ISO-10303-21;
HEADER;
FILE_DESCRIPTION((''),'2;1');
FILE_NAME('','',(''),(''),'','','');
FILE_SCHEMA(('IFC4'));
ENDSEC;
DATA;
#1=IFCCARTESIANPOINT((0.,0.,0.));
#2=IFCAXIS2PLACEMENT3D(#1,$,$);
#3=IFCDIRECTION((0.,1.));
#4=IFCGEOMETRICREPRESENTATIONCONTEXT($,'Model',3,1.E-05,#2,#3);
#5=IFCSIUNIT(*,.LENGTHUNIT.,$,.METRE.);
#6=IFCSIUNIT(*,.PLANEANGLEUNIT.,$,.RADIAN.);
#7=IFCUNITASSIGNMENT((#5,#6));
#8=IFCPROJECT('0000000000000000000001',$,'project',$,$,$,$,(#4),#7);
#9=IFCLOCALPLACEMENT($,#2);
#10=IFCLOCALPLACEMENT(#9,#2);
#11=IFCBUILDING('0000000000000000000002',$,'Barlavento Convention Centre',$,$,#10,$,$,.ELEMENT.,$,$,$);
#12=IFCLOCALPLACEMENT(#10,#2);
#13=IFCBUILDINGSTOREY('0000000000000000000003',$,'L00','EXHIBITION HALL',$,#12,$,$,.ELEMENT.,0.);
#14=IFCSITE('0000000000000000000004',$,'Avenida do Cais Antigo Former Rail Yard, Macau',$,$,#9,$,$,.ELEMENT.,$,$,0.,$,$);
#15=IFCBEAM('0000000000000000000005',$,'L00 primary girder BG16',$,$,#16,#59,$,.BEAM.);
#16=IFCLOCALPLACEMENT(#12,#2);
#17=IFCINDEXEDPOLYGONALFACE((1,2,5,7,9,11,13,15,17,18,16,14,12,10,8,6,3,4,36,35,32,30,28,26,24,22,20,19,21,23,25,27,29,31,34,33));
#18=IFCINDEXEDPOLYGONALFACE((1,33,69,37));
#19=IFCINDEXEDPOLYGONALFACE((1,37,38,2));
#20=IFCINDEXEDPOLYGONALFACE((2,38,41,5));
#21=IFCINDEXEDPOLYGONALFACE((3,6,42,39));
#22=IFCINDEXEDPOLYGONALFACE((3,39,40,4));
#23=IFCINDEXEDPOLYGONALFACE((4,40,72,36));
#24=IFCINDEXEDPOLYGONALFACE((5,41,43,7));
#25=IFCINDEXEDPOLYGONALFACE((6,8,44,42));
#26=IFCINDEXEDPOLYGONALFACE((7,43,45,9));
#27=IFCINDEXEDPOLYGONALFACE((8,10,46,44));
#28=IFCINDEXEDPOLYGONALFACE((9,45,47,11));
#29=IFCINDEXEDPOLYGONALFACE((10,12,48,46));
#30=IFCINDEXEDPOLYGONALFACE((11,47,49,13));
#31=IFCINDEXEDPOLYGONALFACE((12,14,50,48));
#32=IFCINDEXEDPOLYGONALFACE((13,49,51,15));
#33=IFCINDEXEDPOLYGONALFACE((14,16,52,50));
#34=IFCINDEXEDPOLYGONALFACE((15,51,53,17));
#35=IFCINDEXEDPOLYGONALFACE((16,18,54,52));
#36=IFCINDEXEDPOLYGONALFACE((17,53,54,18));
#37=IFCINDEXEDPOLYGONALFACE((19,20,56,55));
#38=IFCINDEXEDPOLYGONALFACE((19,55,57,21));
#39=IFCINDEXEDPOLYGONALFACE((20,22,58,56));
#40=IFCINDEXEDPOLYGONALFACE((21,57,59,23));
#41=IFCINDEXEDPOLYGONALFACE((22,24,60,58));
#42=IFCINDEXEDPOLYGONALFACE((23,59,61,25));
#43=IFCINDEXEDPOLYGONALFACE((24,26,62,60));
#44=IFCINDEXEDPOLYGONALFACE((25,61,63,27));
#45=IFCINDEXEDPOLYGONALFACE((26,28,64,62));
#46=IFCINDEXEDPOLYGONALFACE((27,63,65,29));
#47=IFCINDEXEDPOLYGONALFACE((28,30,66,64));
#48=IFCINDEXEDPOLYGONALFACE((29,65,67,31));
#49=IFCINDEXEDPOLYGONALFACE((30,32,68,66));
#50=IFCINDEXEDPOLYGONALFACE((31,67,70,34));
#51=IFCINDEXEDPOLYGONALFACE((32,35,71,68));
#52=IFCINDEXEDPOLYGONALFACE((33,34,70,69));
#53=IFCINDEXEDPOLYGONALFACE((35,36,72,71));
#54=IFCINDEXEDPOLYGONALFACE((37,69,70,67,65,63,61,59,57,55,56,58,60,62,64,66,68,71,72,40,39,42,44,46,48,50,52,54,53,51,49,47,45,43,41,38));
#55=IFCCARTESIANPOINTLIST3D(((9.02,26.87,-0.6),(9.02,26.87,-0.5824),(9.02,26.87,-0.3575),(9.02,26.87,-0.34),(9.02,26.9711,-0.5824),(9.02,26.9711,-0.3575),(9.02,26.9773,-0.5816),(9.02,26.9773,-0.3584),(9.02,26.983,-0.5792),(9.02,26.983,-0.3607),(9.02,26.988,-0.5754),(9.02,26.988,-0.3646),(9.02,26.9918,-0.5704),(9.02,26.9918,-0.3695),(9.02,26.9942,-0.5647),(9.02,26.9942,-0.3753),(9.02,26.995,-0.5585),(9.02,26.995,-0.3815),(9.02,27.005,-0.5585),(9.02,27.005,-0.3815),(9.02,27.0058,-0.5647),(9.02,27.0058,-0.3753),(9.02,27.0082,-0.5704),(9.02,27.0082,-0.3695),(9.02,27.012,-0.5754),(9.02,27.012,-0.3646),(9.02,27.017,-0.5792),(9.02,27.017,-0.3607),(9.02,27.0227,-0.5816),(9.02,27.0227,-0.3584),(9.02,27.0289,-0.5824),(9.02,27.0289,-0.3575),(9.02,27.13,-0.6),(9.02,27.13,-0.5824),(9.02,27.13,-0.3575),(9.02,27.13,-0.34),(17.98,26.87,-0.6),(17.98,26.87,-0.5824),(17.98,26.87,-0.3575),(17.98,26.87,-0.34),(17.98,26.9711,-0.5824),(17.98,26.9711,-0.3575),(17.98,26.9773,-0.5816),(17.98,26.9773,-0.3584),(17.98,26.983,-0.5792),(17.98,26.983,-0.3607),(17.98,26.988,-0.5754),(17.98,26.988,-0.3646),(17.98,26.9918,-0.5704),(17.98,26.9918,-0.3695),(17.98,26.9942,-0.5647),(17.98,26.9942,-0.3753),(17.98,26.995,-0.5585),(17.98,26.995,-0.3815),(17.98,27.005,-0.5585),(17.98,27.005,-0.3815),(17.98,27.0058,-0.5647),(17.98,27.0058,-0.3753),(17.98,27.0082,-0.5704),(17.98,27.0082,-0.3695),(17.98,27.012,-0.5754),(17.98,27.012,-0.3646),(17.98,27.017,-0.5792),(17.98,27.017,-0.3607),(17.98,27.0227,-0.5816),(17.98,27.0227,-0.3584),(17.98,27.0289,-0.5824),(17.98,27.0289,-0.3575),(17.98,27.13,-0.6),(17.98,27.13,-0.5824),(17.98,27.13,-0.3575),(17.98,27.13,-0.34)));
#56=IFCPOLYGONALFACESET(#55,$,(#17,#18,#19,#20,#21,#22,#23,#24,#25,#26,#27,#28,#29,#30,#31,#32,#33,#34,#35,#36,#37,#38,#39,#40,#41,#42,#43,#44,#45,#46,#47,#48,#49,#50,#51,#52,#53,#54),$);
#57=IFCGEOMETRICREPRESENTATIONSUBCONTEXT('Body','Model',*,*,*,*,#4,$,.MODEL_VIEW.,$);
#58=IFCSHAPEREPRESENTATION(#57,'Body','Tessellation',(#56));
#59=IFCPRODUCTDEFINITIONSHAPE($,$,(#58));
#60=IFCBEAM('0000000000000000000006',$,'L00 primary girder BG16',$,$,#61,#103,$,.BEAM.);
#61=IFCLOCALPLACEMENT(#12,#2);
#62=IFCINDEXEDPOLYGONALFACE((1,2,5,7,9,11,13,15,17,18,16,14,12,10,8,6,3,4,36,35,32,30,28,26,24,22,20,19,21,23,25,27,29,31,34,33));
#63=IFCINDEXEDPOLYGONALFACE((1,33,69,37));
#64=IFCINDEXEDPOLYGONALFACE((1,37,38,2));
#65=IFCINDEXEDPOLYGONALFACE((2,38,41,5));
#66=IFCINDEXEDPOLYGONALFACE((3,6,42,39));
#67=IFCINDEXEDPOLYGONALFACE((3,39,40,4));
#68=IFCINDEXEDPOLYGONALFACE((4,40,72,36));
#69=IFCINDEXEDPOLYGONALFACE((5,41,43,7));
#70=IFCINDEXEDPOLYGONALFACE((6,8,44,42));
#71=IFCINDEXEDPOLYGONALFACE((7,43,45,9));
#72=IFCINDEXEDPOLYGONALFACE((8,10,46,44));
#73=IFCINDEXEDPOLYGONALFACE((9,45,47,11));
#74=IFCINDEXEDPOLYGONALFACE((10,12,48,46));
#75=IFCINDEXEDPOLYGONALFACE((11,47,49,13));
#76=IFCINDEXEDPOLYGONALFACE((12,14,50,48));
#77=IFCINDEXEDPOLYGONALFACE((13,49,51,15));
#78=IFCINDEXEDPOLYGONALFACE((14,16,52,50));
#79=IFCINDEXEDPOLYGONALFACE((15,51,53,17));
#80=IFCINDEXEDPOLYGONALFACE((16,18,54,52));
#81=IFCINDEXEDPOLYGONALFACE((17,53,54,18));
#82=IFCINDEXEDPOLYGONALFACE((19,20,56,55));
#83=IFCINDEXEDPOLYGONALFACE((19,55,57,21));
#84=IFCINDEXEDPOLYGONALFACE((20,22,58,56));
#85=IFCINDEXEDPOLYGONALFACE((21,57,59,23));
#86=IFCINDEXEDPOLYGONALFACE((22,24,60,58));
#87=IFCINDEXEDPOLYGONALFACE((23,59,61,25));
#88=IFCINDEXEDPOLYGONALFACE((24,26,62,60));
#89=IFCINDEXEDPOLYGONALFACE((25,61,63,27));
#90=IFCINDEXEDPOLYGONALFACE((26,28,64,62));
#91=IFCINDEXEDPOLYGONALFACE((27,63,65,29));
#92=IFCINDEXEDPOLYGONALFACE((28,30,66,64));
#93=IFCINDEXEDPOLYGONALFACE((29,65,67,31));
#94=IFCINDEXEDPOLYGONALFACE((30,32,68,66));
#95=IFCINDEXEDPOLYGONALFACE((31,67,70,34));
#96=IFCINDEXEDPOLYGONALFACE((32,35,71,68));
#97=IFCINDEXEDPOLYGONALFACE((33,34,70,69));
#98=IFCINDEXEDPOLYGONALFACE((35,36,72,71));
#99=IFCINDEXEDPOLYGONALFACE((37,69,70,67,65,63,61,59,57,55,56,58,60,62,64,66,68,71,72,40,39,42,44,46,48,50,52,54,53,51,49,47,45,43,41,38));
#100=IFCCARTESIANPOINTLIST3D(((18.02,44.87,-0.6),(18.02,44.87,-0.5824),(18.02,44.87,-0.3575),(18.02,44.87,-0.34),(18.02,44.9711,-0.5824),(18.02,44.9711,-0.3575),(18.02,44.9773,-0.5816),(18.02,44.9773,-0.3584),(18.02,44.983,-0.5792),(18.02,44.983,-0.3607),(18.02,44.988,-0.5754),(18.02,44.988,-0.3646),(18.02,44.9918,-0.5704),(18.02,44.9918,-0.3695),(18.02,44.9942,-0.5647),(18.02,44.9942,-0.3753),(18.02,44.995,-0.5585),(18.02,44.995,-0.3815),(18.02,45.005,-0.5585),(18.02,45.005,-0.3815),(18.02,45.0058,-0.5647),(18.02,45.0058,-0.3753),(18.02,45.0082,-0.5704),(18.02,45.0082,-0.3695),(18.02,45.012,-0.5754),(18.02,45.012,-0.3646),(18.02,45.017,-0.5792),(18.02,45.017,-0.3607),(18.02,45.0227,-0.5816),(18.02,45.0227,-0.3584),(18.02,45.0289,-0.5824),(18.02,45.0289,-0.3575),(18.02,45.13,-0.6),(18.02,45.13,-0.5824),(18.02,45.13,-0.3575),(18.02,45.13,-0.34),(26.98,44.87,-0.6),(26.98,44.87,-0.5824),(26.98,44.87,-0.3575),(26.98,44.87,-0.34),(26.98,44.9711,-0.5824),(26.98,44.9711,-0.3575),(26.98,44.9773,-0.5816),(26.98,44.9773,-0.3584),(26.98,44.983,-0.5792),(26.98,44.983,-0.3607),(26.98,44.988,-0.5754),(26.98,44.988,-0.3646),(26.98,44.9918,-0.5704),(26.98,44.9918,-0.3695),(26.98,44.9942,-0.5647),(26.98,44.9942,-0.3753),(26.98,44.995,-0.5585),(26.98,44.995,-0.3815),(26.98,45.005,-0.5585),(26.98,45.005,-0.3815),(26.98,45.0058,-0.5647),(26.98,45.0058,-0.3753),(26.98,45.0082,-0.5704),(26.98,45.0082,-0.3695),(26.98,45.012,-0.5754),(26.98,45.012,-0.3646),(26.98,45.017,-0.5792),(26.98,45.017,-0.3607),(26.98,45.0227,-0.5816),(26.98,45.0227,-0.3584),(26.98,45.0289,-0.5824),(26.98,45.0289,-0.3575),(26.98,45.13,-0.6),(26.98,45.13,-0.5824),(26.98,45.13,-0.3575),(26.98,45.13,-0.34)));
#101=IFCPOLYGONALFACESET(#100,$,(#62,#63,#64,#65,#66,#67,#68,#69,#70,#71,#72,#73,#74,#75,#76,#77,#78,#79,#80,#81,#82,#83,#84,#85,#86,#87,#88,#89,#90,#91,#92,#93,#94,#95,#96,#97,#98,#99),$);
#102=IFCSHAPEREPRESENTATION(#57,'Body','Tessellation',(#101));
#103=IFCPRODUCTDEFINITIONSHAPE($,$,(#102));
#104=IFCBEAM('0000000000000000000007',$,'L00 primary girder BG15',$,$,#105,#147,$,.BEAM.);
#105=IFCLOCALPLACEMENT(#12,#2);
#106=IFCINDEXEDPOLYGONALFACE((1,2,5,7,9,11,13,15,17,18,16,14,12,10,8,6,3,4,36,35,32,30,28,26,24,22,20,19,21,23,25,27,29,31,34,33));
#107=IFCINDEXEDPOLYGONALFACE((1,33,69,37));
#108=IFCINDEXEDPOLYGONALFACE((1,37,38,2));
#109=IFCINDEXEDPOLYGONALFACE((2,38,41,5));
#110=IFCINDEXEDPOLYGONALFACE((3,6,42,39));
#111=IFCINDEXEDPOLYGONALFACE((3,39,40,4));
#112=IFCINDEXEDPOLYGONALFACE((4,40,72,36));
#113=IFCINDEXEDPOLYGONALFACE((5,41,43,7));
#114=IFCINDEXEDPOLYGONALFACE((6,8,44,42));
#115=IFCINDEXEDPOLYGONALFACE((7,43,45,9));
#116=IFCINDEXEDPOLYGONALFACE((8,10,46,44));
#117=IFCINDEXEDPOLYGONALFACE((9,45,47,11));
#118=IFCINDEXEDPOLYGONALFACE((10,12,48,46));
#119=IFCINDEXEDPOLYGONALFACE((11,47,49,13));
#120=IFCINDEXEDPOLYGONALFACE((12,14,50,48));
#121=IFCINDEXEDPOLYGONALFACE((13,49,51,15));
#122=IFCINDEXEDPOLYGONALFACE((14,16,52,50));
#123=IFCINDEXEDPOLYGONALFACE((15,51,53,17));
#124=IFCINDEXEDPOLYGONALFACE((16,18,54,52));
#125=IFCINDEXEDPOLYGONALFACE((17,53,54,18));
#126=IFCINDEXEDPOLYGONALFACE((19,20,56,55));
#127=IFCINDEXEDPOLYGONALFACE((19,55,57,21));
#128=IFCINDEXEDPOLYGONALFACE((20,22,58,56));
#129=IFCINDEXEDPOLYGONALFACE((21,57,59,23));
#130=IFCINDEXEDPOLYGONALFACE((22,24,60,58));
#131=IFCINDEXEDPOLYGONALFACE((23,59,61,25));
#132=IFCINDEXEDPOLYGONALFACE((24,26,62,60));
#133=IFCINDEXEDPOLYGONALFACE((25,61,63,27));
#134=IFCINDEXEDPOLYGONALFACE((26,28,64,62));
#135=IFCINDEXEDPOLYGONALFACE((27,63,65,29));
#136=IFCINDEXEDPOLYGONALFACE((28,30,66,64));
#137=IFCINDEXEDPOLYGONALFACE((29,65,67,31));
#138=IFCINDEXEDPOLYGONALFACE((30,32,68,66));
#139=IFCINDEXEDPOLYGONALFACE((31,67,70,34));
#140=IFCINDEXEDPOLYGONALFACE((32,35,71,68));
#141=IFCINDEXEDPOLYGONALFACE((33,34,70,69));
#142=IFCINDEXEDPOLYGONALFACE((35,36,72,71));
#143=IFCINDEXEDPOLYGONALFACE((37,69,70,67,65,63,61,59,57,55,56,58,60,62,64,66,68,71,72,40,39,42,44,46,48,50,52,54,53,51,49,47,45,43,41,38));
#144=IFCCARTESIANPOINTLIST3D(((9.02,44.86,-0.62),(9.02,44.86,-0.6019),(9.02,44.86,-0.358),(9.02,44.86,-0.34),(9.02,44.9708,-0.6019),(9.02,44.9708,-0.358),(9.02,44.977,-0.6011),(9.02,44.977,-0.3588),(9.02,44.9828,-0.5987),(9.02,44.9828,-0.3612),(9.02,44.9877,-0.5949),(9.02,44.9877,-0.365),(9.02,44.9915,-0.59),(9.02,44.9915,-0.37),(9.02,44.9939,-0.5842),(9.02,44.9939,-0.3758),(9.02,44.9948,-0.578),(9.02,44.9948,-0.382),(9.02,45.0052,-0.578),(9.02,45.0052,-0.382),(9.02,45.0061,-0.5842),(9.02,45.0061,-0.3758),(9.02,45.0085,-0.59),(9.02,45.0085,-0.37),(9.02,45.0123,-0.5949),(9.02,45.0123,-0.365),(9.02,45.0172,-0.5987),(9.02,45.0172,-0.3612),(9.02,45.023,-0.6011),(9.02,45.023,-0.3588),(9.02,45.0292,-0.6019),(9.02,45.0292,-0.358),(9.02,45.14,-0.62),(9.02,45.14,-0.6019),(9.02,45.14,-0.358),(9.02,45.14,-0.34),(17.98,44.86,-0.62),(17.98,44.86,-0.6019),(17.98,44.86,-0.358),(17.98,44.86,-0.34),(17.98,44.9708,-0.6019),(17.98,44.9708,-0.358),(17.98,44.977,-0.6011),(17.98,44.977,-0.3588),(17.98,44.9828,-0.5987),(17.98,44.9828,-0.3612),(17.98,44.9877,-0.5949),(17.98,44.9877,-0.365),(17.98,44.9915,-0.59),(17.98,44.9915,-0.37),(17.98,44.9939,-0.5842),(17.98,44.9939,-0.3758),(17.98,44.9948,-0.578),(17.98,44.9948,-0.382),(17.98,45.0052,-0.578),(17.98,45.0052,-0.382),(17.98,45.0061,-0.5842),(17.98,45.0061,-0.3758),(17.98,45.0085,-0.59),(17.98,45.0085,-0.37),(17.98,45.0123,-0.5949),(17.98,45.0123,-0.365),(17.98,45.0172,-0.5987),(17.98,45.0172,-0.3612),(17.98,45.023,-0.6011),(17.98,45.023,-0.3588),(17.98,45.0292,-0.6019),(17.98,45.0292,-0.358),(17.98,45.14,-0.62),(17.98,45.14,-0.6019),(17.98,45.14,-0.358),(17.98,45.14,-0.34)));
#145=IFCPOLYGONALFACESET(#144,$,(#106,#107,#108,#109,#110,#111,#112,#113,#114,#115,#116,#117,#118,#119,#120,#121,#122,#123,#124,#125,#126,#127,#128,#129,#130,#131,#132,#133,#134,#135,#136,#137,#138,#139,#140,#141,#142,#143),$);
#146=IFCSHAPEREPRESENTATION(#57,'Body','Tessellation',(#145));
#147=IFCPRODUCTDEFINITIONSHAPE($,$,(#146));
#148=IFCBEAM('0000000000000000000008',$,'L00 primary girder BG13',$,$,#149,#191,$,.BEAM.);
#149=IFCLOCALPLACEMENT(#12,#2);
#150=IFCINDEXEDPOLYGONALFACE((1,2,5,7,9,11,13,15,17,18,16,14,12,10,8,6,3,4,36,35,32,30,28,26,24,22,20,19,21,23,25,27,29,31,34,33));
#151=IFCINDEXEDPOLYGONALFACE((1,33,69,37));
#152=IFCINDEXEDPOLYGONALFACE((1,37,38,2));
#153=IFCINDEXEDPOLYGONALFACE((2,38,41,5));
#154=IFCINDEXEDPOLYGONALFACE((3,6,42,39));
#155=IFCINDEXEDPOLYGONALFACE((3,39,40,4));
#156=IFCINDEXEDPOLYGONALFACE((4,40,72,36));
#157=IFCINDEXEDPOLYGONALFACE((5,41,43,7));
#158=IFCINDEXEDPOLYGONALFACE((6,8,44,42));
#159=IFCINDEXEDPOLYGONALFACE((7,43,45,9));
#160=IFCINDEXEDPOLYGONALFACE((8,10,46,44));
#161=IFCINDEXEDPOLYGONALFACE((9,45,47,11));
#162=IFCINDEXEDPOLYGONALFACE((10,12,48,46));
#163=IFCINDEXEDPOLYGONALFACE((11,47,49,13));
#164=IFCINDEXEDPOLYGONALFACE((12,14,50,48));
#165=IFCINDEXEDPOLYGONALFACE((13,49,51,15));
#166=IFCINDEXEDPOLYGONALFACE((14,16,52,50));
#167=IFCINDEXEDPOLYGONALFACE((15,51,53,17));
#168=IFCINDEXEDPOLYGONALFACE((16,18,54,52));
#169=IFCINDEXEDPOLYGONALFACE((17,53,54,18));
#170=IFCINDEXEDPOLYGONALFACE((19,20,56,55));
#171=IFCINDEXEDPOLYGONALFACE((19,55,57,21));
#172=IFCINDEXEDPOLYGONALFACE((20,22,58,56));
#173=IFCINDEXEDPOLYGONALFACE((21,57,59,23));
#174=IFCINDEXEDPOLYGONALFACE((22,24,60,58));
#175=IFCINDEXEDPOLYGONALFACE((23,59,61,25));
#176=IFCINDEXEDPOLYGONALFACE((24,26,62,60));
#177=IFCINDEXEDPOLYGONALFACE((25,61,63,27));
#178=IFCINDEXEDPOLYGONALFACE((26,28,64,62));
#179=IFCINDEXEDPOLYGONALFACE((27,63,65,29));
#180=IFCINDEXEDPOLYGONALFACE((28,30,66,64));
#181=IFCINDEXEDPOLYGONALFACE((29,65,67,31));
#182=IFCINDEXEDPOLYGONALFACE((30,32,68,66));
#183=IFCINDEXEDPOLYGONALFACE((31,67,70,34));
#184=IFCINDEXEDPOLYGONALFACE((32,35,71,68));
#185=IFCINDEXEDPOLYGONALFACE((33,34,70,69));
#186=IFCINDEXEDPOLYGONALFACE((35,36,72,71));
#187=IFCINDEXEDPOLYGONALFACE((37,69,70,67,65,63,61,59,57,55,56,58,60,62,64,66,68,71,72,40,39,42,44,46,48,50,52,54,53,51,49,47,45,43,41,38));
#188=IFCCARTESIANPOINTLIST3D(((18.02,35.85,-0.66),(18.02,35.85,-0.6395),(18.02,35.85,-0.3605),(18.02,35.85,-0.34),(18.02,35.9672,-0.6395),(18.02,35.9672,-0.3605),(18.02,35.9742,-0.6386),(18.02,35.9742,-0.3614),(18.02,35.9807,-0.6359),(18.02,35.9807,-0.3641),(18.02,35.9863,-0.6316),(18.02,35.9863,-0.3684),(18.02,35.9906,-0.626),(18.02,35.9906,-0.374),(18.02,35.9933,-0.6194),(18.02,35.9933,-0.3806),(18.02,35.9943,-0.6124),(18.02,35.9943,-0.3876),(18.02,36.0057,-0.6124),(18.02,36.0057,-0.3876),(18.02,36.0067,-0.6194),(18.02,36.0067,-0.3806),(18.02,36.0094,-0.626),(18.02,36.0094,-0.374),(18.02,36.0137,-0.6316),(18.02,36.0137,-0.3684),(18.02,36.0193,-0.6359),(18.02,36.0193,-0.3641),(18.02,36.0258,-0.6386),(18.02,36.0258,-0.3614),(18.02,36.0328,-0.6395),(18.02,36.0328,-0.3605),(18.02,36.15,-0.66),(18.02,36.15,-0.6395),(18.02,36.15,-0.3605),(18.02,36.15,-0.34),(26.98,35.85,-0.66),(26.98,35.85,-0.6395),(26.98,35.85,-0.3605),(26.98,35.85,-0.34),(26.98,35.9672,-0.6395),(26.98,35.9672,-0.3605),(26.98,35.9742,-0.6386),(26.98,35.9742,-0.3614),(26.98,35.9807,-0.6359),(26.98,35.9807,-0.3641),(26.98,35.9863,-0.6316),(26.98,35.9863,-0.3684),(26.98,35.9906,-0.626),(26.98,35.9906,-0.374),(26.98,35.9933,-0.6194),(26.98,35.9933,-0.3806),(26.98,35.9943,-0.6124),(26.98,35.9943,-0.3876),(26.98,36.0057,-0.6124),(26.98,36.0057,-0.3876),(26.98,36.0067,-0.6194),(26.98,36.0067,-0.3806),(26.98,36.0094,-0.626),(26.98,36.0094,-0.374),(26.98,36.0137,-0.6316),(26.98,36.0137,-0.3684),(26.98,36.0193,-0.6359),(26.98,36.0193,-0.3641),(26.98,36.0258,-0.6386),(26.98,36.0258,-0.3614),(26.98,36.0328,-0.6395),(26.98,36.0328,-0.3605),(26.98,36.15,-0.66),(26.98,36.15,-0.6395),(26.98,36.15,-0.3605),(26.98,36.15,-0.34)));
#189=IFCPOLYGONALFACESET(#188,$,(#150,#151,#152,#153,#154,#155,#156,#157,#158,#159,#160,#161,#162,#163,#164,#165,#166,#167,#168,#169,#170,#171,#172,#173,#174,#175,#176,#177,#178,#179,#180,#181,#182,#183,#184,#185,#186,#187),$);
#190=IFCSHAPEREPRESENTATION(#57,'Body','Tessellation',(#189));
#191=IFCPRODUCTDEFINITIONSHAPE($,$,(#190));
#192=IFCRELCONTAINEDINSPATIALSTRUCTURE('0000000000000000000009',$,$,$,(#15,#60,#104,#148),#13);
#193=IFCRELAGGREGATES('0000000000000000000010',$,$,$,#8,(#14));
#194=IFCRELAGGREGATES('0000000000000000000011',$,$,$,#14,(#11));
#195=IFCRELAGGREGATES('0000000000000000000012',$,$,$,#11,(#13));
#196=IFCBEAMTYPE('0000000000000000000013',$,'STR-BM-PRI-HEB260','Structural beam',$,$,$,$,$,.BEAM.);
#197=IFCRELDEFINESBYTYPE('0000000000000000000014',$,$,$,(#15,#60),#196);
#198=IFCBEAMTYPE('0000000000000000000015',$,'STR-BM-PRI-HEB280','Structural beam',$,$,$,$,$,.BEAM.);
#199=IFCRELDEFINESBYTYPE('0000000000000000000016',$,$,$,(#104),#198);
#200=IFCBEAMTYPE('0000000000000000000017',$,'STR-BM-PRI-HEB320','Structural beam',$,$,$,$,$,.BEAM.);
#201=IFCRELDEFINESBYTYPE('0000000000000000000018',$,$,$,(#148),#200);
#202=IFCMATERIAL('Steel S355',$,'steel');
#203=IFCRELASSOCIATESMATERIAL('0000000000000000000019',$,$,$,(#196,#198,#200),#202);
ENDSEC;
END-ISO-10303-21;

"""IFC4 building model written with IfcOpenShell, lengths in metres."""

from ifc_helpers import new_model, si_unit, direction, frame, origin, origin_2d, place, context, subcontext, project, spatial, i_section, extrude, material, material_profile, profile_set, type_object, element, save


model = new_model("IFC4")

# Units and contexts
model_context = context("Model", 3, precision=1e-05, world=origin(), true_north=direction((0.0, 1.0)))
body_context = subcontext(model_context, "Body", "Model", "MODEL_VIEW")
ifc_project = project(units=[si_unit("LENGTHUNIT", "METRE"), si_unit("PLANEANGLEUNIT", "RADIAN")], contexts=[model_context])

# Site, building, storey
site_placement = place(None, origin())
site = spatial("IfcSite", under=ifc_project, at=site_placement, Name="Avenida do Cais Antigo Former Rail Yard, Macau", CompositionType="ELEMENT", RefElevation=0.0)
building_placement = place(site_placement, origin())
building = spatial("IfcBuilding", under=site, at=building_placement, Name="Barlavento Convention Centre", CompositionType="ELEMENT")
storey_placement = place(building_placement, origin())
storey = spatial("IfcBuildingStorey", under=building, at=storey_placement, Name="L00", Description="EXHIBITION HALL", CompositionType="ELEMENT", Elevation=0.0)

# Beams
ifc_material_1 = material(Name="Steel S355", Category="steel")
ifc_material_profile_1 = material_profile(ifc_material_1, i_section(OverallWidth=0.26, OverallDepth=0.26, WebThickness=0.01, FlangeThickness=0.0176, FilletRadius=0.0239, at=origin_2d()), Name="HEB 260")
ifc_profile_set_1 = profile_set([ifc_material_profile_1], Name="Steel S355")
beam_type_1 = type_object("IfcBeamType", Name="STR-BM-PRI-HEB260", Description="Structural beam", PredefinedType="BEAM", material=ifc_profile_set_1)
for number, where, z_axis, x_axis, name in (
    (1, (9.02, 27.0, -0.47), (1.0, 0.0, 0.0), (0.0, 1.0, 0.0), "L00 primary girder BG16"),
    (2, (18.02, 45.0, -0.47), (1.0, 0.0, 0.0), (0.0, 1.0, 0.0), "L00 primary girder BG16"),
):
    element("IfcBeam", number, at=place(storey_placement, frame(where, z_axis=z_axis, x_axis=x_axis)), inside=storey, type_object=beam_type_1, Name=name, PredefinedType="BEAM", context=body_context, shape_type="SweptSolid", body=[
        extrude(i_section(OverallWidth=0.26, OverallDepth=0.26, WebThickness=0.01, FlangeThickness=0.0176, FilletRadius=0.0239, at=origin_2d()), origin(), (0.0, 0.0, 1.0), 8.96),
    ])
ifc_material_profile_2 = material_profile(ifc_material_1, i_section(OverallWidth=0.28, OverallDepth=0.28, WebThickness=0.0105, FlangeThickness=0.0181, FilletRadius=0.0239, at=origin_2d()), Name="HEB 280")
ifc_profile_set_2 = profile_set([ifc_material_profile_2], Name="Steel S355")
beam_type_2 = type_object("IfcBeamType", Name="STR-BM-PRI-HEB280", Description="Structural beam", PredefinedType="BEAM", material=ifc_profile_set_2)
beam_1_placement = place(storey_placement, frame((9.02, 45.0, -0.48), z_axis=(1.0, 0.0, 0.0), x_axis=(0.0, 1.0, 0.0)))
element("IfcBeam", 3, at=beam_1_placement, inside=storey, type_object=beam_type_2, Name="L00 primary girder BG15", PredefinedType="BEAM", context=body_context, shape_type="SweptSolid", body=[
    extrude(i_section(OverallWidth=0.28, OverallDepth=0.28, WebThickness=0.0105, FlangeThickness=0.0181, FilletRadius=0.0239, at=origin_2d()), origin(), (0.0, 0.0, 1.0), 8.96),
])
ifc_material_profile_3 = material_profile(ifc_material_1, i_section(OverallWidth=0.3, OverallDepth=0.3201, WebThickness=0.0115, FlangeThickness=0.0205, FilletRadius=0.0271, at=origin_2d()), Name="HEB 320")
ifc_profile_set_3 = profile_set([ifc_material_profile_3], Name="Steel S355")
beam_type_3 = type_object("IfcBeamType", Name="STR-BM-PRI-HEB320", Description="Structural beam", PredefinedType="BEAM", material=ifc_profile_set_3)
beam_2_placement = place(storey_placement, frame((18.02, 36.0, -0.5), z_axis=(1.0, 0.0, 0.0), x_axis=(0.0, 1.0, 0.0)))
element("IfcBeam", 4, at=beam_2_placement, inside=storey, type_object=beam_type_3, Name="L00 primary girder BG13", PredefinedType="BEAM", context=body_context, shape_type="SweptSolid", body=[
    extrude(i_section(OverallWidth=0.3, OverallDepth=0.3201, WebThickness=0.0115, FlangeThickness=0.0205, FilletRadius=0.0271, at=origin_2d()), origin(), (0.0, 0.0, 1.0), 8.96),
])

save(model, "model.ifc")
